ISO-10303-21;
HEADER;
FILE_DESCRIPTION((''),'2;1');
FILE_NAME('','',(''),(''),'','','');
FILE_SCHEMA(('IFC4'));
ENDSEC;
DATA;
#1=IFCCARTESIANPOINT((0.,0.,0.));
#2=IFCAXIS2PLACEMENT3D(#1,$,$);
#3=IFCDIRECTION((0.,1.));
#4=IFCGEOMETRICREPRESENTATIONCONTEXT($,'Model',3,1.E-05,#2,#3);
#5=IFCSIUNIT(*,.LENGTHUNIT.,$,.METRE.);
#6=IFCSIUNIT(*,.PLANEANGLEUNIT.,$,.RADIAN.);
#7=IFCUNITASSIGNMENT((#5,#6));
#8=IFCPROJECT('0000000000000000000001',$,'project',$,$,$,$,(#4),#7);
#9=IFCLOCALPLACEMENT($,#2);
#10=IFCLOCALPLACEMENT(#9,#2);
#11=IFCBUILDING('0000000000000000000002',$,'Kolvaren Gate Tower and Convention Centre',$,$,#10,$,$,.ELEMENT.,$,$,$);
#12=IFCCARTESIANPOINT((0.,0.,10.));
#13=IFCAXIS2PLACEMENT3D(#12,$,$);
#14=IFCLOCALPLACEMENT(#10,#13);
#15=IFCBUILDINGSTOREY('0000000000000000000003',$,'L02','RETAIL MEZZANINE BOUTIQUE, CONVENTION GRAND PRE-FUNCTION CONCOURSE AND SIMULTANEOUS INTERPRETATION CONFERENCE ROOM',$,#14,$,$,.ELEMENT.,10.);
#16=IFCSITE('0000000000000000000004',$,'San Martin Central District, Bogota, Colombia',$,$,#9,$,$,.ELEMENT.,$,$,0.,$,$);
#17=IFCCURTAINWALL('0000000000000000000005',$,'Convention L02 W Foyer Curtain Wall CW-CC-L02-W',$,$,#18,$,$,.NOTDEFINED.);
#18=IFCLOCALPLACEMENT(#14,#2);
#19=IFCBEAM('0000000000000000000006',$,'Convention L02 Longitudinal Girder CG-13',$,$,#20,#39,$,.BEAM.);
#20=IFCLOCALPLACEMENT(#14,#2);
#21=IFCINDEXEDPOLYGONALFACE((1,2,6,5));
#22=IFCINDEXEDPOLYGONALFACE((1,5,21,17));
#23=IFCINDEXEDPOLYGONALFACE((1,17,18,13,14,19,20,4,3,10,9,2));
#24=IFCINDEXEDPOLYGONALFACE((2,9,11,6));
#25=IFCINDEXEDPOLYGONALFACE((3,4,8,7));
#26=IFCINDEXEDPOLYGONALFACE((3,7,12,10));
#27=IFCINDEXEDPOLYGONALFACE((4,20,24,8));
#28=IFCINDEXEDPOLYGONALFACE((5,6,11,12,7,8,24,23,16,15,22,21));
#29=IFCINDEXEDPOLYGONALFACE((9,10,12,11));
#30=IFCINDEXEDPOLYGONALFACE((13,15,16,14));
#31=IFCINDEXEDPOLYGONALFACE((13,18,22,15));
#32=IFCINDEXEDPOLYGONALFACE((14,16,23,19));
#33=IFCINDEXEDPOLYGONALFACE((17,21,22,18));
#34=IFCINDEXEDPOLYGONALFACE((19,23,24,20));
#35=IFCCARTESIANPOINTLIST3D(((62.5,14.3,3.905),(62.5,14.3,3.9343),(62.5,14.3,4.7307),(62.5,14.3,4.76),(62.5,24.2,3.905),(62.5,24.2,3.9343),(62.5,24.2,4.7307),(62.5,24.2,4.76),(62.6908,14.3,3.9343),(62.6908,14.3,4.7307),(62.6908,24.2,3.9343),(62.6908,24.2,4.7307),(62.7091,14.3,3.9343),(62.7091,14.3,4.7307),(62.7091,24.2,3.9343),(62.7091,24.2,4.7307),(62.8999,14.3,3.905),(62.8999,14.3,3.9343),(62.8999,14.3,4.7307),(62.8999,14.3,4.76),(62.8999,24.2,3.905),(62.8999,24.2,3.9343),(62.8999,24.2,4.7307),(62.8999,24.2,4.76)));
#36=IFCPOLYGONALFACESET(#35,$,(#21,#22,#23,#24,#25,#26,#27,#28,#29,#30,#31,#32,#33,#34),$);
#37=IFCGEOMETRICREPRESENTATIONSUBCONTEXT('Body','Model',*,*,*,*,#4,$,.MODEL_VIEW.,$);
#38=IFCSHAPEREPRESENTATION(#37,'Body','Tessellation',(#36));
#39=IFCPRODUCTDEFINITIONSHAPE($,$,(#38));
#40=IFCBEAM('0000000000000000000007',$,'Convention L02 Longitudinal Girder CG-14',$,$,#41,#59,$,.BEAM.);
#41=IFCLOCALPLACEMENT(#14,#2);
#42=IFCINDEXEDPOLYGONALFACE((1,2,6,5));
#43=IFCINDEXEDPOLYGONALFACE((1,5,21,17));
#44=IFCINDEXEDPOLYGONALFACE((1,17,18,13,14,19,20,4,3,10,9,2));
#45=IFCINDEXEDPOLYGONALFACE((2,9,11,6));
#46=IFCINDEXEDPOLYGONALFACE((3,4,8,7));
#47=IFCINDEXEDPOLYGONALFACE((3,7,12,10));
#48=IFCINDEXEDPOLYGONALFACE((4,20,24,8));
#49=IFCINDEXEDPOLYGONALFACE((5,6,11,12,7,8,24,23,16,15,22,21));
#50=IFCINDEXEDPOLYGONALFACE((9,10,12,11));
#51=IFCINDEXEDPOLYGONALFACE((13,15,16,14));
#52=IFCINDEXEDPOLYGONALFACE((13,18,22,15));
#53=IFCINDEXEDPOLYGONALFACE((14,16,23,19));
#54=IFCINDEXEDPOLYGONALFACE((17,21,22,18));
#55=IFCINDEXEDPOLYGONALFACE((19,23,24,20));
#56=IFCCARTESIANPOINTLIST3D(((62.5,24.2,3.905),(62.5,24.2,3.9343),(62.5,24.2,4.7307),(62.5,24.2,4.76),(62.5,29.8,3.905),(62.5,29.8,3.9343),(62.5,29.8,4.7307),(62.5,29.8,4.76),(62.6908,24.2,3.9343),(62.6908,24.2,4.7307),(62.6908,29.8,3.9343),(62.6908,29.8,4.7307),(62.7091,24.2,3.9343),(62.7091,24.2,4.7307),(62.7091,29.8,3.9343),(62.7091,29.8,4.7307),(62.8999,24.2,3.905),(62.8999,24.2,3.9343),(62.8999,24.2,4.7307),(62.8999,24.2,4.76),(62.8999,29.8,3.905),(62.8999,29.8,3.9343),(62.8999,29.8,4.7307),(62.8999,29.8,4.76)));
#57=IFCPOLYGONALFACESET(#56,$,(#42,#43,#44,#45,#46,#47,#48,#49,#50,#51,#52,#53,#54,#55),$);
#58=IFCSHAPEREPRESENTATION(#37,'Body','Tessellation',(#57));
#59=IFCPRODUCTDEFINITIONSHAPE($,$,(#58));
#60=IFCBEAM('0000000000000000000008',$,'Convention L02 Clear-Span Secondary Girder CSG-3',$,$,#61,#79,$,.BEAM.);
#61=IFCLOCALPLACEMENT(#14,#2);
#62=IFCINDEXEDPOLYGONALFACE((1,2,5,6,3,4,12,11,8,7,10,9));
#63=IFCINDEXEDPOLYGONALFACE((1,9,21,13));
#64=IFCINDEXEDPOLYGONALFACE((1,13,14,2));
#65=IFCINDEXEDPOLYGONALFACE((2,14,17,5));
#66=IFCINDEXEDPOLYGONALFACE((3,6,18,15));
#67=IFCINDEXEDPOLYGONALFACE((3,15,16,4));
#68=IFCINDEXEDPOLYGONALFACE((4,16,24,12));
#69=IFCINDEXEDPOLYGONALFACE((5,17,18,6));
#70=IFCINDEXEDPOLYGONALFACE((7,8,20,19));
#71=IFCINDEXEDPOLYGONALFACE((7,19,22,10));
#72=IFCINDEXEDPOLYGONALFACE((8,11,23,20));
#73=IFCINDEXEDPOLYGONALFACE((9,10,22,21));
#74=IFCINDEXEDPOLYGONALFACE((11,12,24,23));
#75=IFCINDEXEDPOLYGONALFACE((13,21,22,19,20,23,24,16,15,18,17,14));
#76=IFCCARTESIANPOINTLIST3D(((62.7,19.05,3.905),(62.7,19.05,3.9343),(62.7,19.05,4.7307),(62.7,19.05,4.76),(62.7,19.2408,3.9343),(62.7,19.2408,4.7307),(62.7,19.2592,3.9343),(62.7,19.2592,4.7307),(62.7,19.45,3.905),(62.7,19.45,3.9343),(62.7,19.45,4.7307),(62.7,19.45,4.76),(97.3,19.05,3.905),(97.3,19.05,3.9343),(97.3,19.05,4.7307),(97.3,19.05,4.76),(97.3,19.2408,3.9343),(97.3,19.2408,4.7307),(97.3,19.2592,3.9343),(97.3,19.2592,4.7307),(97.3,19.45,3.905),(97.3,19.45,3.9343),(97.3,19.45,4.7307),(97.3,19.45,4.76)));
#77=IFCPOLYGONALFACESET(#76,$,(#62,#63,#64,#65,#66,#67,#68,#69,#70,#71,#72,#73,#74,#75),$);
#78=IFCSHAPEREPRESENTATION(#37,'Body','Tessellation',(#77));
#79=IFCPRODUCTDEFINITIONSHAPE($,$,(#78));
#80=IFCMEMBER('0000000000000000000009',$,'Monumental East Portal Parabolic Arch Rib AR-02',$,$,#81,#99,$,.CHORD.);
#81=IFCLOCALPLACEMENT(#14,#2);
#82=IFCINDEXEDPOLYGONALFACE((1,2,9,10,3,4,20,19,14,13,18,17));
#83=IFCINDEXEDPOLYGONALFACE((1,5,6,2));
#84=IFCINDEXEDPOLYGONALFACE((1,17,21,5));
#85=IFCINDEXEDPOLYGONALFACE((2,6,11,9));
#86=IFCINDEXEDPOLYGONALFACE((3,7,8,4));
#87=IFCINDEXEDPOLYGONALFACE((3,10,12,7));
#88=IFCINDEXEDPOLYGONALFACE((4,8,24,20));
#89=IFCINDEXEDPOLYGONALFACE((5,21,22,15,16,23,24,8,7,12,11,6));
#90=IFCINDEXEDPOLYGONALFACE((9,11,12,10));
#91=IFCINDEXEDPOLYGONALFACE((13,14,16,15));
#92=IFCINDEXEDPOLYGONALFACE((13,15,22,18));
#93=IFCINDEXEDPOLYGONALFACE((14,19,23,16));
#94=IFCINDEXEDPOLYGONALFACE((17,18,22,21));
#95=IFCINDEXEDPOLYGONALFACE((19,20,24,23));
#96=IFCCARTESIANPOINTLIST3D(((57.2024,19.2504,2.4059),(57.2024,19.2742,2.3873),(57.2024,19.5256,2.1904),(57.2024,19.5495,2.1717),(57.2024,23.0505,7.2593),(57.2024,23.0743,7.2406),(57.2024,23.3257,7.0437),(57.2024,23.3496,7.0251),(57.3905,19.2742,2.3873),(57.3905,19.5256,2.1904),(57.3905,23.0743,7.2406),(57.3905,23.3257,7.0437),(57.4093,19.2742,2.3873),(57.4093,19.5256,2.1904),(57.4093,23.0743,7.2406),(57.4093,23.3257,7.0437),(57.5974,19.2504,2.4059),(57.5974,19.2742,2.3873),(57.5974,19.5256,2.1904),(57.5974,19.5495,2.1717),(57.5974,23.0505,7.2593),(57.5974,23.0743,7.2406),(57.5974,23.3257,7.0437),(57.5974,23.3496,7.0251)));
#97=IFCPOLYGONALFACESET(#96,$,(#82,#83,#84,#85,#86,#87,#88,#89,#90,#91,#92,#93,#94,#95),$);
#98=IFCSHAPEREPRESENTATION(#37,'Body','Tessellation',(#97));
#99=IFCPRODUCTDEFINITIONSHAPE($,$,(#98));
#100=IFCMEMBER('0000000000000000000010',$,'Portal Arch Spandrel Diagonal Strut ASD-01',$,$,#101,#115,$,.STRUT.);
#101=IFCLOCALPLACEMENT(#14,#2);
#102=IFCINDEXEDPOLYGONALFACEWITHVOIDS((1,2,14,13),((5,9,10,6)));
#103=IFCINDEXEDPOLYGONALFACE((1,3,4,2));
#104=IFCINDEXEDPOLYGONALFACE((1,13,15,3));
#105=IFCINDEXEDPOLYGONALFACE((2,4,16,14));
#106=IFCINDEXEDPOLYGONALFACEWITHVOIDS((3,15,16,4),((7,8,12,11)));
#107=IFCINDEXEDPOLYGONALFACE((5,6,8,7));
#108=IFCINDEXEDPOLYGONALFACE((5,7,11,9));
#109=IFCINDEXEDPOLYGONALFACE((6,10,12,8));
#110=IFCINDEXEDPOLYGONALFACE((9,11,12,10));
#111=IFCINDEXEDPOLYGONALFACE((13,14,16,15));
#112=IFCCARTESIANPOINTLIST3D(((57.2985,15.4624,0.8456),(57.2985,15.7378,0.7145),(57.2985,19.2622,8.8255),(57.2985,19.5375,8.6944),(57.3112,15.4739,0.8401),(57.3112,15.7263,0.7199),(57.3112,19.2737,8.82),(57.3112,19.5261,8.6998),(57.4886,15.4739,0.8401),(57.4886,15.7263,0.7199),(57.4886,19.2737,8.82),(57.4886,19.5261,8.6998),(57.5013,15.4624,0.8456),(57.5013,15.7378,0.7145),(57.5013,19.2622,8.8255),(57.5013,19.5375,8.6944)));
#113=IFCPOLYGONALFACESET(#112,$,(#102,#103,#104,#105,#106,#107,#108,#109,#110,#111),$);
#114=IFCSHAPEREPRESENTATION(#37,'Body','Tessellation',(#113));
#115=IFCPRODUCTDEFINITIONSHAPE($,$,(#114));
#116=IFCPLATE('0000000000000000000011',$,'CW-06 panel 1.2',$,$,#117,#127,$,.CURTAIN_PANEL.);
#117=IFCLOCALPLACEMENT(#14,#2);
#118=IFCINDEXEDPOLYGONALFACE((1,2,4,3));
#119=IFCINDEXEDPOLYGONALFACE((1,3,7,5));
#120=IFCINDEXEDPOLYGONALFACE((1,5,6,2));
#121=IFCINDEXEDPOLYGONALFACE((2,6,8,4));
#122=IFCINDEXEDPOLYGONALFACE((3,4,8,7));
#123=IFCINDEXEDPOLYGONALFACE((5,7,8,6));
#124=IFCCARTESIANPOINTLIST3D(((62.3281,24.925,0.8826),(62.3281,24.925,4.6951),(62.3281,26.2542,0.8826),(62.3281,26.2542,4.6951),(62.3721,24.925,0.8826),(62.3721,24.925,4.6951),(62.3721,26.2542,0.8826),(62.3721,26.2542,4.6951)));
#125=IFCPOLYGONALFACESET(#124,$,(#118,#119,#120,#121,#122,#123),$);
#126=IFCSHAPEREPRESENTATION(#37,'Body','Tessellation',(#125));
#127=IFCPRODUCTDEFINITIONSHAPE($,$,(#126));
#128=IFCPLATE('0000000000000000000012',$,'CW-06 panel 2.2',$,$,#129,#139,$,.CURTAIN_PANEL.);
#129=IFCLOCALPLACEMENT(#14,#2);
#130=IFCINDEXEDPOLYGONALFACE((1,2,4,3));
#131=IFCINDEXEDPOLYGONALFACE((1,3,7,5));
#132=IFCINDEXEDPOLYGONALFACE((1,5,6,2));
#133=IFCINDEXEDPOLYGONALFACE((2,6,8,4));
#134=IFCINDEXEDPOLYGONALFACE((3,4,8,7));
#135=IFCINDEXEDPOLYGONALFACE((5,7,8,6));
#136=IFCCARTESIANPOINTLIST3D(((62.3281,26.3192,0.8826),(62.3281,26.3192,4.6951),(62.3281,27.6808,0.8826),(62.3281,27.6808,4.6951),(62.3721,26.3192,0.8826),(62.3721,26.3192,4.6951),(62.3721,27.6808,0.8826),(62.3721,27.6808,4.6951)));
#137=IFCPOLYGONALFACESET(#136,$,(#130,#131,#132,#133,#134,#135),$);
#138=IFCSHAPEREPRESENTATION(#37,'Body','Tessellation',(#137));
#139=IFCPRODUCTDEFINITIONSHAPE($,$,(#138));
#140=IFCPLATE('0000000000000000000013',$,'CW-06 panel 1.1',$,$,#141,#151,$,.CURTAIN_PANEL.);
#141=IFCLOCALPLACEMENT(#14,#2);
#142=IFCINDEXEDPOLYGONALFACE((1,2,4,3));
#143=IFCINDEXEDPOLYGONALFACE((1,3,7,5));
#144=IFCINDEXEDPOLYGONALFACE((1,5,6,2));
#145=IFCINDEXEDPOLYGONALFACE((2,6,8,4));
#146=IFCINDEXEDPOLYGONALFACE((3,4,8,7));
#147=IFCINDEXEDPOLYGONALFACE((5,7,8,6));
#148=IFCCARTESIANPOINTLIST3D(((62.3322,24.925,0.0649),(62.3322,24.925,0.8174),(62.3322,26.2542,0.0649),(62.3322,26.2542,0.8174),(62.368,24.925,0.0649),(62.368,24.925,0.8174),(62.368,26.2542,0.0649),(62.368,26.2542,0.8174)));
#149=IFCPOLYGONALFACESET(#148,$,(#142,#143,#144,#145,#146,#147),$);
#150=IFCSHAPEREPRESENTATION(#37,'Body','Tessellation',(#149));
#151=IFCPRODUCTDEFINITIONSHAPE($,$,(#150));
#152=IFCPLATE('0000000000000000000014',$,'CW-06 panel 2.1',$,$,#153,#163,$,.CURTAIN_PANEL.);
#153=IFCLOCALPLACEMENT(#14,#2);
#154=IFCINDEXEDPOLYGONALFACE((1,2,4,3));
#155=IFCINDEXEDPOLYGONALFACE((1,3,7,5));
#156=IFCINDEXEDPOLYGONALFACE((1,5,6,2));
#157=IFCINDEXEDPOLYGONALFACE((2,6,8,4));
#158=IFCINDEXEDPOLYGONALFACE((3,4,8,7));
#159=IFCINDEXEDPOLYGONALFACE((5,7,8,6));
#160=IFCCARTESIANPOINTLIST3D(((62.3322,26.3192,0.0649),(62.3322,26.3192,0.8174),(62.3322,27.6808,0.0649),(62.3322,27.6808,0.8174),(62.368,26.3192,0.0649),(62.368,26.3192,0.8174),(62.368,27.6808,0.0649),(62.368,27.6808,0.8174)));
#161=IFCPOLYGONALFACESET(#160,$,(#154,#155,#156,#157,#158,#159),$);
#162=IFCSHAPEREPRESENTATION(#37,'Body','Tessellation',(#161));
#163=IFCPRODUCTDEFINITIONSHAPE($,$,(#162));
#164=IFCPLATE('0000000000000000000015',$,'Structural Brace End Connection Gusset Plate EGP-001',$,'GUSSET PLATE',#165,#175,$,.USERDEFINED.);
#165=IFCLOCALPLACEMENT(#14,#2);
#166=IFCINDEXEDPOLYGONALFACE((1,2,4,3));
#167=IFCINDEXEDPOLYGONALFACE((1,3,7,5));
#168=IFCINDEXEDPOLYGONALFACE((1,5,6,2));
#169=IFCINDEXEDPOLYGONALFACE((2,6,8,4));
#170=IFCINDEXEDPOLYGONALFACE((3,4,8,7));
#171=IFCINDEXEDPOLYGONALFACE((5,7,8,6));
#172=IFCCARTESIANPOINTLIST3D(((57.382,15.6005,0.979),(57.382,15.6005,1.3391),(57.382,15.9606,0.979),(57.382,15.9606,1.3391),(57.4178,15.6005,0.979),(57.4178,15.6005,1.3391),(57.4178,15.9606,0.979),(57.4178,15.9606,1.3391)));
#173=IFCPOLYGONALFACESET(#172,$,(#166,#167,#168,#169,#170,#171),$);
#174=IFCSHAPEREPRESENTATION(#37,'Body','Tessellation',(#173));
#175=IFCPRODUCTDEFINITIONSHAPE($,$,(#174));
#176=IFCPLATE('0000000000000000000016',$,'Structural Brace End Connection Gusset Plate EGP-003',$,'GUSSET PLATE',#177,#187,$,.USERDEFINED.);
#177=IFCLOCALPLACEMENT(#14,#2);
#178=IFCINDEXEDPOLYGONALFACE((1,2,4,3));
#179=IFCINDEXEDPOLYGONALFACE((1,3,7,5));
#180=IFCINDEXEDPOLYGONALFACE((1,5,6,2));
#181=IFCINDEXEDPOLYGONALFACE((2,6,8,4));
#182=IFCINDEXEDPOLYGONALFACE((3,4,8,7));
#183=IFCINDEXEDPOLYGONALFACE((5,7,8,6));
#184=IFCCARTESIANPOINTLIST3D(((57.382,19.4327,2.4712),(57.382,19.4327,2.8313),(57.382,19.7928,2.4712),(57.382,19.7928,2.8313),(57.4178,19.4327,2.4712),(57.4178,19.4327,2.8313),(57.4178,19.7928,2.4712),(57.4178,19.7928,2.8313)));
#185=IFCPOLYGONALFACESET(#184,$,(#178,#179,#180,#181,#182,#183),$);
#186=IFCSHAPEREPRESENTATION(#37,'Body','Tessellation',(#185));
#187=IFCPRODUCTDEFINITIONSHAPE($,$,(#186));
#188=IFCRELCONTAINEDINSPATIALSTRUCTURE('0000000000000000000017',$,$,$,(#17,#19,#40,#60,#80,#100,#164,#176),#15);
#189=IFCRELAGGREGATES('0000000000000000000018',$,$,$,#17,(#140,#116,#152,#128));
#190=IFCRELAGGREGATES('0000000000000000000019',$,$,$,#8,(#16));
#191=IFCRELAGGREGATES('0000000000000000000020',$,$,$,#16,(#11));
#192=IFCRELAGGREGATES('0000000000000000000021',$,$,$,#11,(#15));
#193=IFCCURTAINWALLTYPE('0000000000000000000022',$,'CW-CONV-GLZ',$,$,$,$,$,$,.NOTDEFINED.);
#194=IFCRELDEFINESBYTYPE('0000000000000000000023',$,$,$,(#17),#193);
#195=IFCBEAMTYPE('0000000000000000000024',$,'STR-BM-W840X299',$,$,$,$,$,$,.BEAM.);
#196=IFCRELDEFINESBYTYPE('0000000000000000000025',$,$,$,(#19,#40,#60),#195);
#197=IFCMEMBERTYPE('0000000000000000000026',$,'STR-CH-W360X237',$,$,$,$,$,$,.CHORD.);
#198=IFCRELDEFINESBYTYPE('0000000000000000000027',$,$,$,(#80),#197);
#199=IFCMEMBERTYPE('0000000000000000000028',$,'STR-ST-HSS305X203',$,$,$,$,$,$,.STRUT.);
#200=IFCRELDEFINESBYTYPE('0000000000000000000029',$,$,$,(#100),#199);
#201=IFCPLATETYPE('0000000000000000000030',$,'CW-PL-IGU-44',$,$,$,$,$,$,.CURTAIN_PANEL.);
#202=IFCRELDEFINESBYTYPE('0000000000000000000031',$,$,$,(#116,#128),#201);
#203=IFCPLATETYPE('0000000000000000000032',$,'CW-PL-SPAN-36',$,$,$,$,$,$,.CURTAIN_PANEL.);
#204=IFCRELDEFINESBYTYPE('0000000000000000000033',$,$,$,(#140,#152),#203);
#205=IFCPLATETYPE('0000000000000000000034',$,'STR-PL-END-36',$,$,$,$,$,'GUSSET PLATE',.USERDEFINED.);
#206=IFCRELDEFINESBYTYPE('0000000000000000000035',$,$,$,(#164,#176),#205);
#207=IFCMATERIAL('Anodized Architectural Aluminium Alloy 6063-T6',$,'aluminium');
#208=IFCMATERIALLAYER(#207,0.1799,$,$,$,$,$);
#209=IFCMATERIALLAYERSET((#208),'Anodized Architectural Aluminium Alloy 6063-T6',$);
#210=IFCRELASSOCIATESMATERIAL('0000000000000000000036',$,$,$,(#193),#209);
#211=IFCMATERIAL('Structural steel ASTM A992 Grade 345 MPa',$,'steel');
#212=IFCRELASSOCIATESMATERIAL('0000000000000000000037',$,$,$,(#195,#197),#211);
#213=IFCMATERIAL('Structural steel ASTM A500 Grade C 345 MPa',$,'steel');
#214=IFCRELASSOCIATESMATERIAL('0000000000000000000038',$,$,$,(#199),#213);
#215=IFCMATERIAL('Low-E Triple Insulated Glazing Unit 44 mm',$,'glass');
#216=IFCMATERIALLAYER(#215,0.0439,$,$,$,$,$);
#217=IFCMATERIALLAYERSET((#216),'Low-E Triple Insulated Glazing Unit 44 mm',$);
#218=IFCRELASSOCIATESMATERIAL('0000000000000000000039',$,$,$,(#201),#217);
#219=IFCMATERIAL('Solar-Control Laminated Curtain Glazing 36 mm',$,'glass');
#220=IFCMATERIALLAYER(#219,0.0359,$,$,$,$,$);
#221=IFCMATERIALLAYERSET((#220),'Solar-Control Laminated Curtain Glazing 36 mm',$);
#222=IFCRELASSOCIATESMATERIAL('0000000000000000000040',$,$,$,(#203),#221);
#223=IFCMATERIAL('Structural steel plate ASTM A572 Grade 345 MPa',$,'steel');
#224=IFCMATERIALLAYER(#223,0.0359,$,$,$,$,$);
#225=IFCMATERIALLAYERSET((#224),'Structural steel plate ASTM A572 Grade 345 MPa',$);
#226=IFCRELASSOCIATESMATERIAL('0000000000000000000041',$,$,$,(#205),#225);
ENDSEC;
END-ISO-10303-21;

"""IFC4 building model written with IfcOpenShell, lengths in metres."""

from ifc_helpers import new_model, si_unit, direction, frame, origin, origin_2d, place, context, subcontext, project, spatial, rectangle, hollow_rectangle, i_section, extrude, material, layer, layer_set, material_profile, profile_set, type_object, element, aggregate, save


model = new_model("IFC4")

# Units and contexts
model_context = context("Model", 3, precision=1e-05, world=origin(), true_north=direction((0.0, 1.0)))
body_context = subcontext(model_context, "Body", "Model", "MODEL_VIEW")
ifc_project = project(units=[si_unit("LENGTHUNIT", "METRE"), si_unit("PLANEANGLEUNIT", "RADIAN")], contexts=[model_context])

# Site, building, storey
site_placement = place(None, origin())
site = spatial("IfcSite", under=ifc_project, at=site_placement, Name="San Martin Central District, Bogota, Colombia", CompositionType="ELEMENT", RefElevation=0.0)
building_placement = place(site_placement, origin())
building = spatial("IfcBuilding", under=site, at=building_placement, Name="Kolvaren Gate Tower and Convention Centre", CompositionType="ELEMENT")
storey_placement = place(building_placement, frame((0.0, 0.0, 10.0)))
storey = spatial("IfcBuildingStorey", under=building, at=storey_placement, Name="L02", Description="RETAIL MEZZANINE BOUTIQUE, CONVENTION GRAND PRE-FUNCTION CONCOURSE AND SIMULTANEOUS INTERPRETATION CONFERENCE ROOM", CompositionType="ELEMENT", Elevation=10.0)

# Curtain wall
ifc_material_1 = material(Name="Anodized Architectural Aluminium Alloy 6063-T6", Category="aluminium")
ifc_layer_1 = layer(ifc_material_1, 0.1799)
ifc_layer_set_1 = layer_set([ifc_layer_1], Name="Anodized Architectural Aluminium Alloy 6063-T6")
curtain_wall_type = type_object("IfcCurtainWallType", Name="CW-CONV-GLZ", PredefinedType="NOTDEFINED", material=ifc_layer_set_1)
curtain_wall_placement = place(storey_placement, origin())
curtain_wall = element("IfcCurtainWall", 1, at=curtain_wall_placement, inside=storey, type_object=curtain_wall_type, Name="Convention L02 W Foyer Curtain Wall CW-CC-L02-W", PredefinedType="NOTDEFINED")

# Beams
ifc_material_2 = material(Name="Structural steel ASTM A992 Grade 345 MPa", Category="steel")
ifc_material_profile_1 = material_profile(ifc_material_2, i_section(OverallWidth=0.3999, OverallDepth=0.855, WebThickness=0.0183, FlangeThickness=0.0293, at=origin_2d()), Name="W840X299")
ifc_profile_set_1 = profile_set([ifc_material_profile_1], Name="Structural steel ASTM A992 Grade 345 MPa")
beam_type = type_object("IfcBeamType", Name="STR-BM-W840X299", PredefinedType="BEAM", material=ifc_profile_set_1)
beam_1_placement = place(storey_placement, frame((62.7, 14.3, 4.3325), z_axis=(0.0, 1.0, 0.0), x_axis=(-1.0, 0.0, 0.0)))
element("IfcBeam", 2, at=beam_1_placement, inside=storey, type_object=beam_type, Name="Convention L02 Longitudinal Girder CG-13", PredefinedType="BEAM", context=body_context, shape_type="SweptSolid", body=[
    extrude(i_section(OverallWidth=0.3999, OverallDepth=0.855, WebThickness=0.0183, FlangeThickness=0.0293, at=origin_2d()), origin(), (0.0, 0.0, 1.0), 9.8999),
])
beam_2_placement = place(storey_placement, frame((62.7, 24.2, 4.3325), z_axis=(0.0, 1.0, 0.0), x_axis=(-1.0, 0.0, 0.0)))
element("IfcBeam", 3, at=beam_2_placement, inside=storey, type_object=beam_type, Name="Convention L02 Longitudinal Girder CG-14", PredefinedType="BEAM", context=body_context, shape_type="SweptSolid", body=[
    extrude(i_section(OverallWidth=0.3999, OverallDepth=0.855, WebThickness=0.0183, FlangeThickness=0.0293, at=origin_2d()), origin(), (0.0, 0.0, 1.0), 5.6001),
])
beam_3_placement = place(storey_placement, frame((62.7, 19.25, 4.3325), z_axis=(1.0, 0.0, 0.0), x_axis=(0.0, 1.0, 0.0)))
element("IfcBeam", 4, at=beam_3_placement, inside=storey, type_object=beam_type, Name="Convention L02 Clear-Span Secondary Girder CSG-3", PredefinedType="BEAM", context=body_context, shape_type="SweptSolid", body=[
    extrude(i_section(OverallWidth=0.3999, OverallDepth=0.855, WebThickness=0.0183, FlangeThickness=0.0293, at=origin_2d()), origin(), (0.0, 0.0, 1.0), 34.6001),
])

# Members
ifc_material_profile_2 = material_profile(ifc_material_2, i_section(OverallWidth=0.395, OverallDepth=0.3799, WebThickness=0.0188, FlangeThickness=0.0303, at=origin_2d()), Name="W360X237")
ifc_profile_set_2 = profile_set([ifc_material_profile_2], Name="Structural steel ASTM A992 Grade 345 MPa")
member_type_1 = type_object("IfcMemberType", Name="STR-CH-W360X237", PredefinedType="CHORD", material=ifc_profile_set_2)
member_1_placement = place(storey_placement, frame((57.3999, 19.3999, 2.2888), z_axis=(0.0, 0.616493, 0.78736), x_axis=(-1.0, 0.0, 0.0)))
element("IfcMember", 5, at=member_1_placement, inside=storey, type_object=member_type_1, Name="Monumental East Portal Parabolic Arch Rib AR-02", PredefinedType="CHORD", context=body_context, shape_type="SweptSolid", body=[
    extrude(i_section(OverallWidth=0.395, OverallDepth=0.3799, WebThickness=0.0188, FlangeThickness=0.0303, at=origin_2d()), origin(), (0.0, 0.0, 1.0), 6.1641),
])
ifc_material_3 = material(Name="Structural steel ASTM A500 Grade C 345 MPa", Category="steel")
ifc_material_profile_3 = material_profile(ifc_material_3, hollow_rectangle(XDim=0.2029, YDim=0.3049, WallThickness=0.0127, at=origin_2d()), Name="HSS305X203X12.7")
ifc_profile_set_3 = profile_set([ifc_material_profile_3], Name="Structural steel ASTM A500 Grade C 345 MPa")
member_type_2 = type_object("IfcMemberType", Name="STR-ST-HSS305X203", PredefinedType="STRUT", material=ifc_profile_set_3)
member_2_placement = place(storey_placement, frame((57.3999, 15.6001, 0.78), z_axis=(0.0, 0.429916, 0.902869), x_axis=(-1.0, 0.0, 0.0)))
element("IfcMember", 6, at=member_2_placement, inside=storey, type_object=member_type_2, Name="Portal Arch Spandrel Diagonal Strut ASD-01", PredefinedType="STRUT", context=body_context, shape_type="SweptSolid", body=[
    extrude(hollow_rectangle(XDim=0.2029, YDim=0.3049, WallThickness=0.0127, at=origin_2d()), origin(), (0.0, 0.0, 1.0), 8.8384),
])

# Plates
ifc_material_4 = material(Name="Low-E Triple Insulated Glazing Unit 44 mm", Category="glass")
ifc_layer_2 = layer(ifc_material_4, 0.0439)
ifc_layer_set_2 = layer_set([ifc_layer_2], Name="Low-E Triple Insulated Glazing Unit 44 mm")
plate_type_1 = type_object("IfcPlateType", Name="CW-PL-IGU-44", PredefinedType="CURTAIN_PANEL", material=ifc_layer_set_2)
plate_1_placement = place(storey_placement, frame((62.3501, 25.5896, 0.8826), z_axis=(0.0, 0.0, 1.0), x_axis=(0.0, 1.0, 0.0)))
plate_1 = element("IfcPlate", 7, at=plate_1_placement, type_object=plate_type_1, Name="CW-06 panel 1.2", PredefinedType="CURTAIN_PANEL", context=body_context, shape_type="SweptSolid", body=[
    extrude(rectangle(XDim=1.3291, YDim=0.0439, at=origin_2d()), origin(), (0.0, 0.0, 1.0), 3.8125),
])
plate_2_placement = place(storey_placement, frame((62.3501, 27.0, 0.8826), z_axis=(0.0, 0.0, 1.0), x_axis=(0.0, 1.0, 0.0)))
plate_2 = element("IfcPlate", 8, at=plate_2_placement, type_object=plate_type_1, Name="CW-06 panel 2.2", PredefinedType="CURTAIN_PANEL", context=body_context, shape_type="SweptSolid", body=[
    extrude(rectangle(XDim=1.3616, YDim=0.0439, at=origin_2d()), origin(), (0.0, 0.0, 1.0), 3.8125),
])
ifc_material_5 = material(Name="Solar-Control Laminated Curtain Glazing 36 mm", Category="glass")
ifc_layer_3 = layer(ifc_material_5, 0.0359)
ifc_layer_set_3 = layer_set([ifc_layer_3], Name="Solar-Control Laminated Curtain Glazing 36 mm")
plate_type_2 = type_object("IfcPlateType", Name="CW-PL-SPAN-36", PredefinedType="CURTAIN_PANEL", material=ifc_layer_set_3)
plate_3_placement = place(storey_placement, frame((62.3501, 25.5896, 0.0649), z_axis=(0.0, 0.0, 1.0), x_axis=(0.0, 1.0, 0.0)))
plate_3 = element("IfcPlate", 9, at=plate_3_placement, type_object=plate_type_2, Name="CW-06 panel 1.1", PredefinedType="CURTAIN_PANEL", context=body_context, shape_type="SweptSolid", body=[
    extrude(rectangle(XDim=1.3291, YDim=0.0359, at=origin_2d()), origin(), (0.0, 0.0, 1.0), 0.7524),
])
plate_4_placement = place(storey_placement, frame((62.3501, 27.0, 0.0649), z_axis=(0.0, 0.0, 1.0), x_axis=(0.0, 1.0, 0.0)))
plate_4 = element("IfcPlate", 10, at=plate_4_placement, type_object=plate_type_2, Name="CW-06 panel 2.1", PredefinedType="CURTAIN_PANEL", context=body_context, shape_type="SweptSolid", body=[
    extrude(rectangle(XDim=1.3616, YDim=0.0359, at=origin_2d()), origin(), (0.0, 0.0, 1.0), 0.7524),
])
aggregate(curtain_wall, [plate_3, plate_1, plate_4, plate_2])

# Plates
ifc_material_6 = material(Name="Structural steel plate ASTM A572 Grade 345 MPa", Category="steel")
ifc_layer_4 = layer(ifc_material_6, 0.0359)
ifc_layer_set_4 = layer_set([ifc_layer_4], Name="Structural steel plate ASTM A572 Grade 345 MPa")
plate_type_3 = type_object("IfcPlateType", Name="STR-PL-END-36", ElementType="GUSSET PLATE", PredefinedType="USERDEFINED", material=ifc_layer_set_4)
for number, where, z_axis, x_axis, name in (
    (11, (57.3999, 15.7805, 0.979), (0.0, 0.0, 1.0), (0.0, 1.0, 0.0), "Structural Brace End Connection Gusset Plate EGP-001"),
    (12, (57.3999, 19.6128, 2.4712), (0.0, 0.0, 1.0), (0.0, 1.0, 0.0), "Structural Brace End Connection Gusset Plate EGP-003"),
):
    element("IfcPlate", number, at=place(storey_placement, frame(where, z_axis=z_axis, x_axis=x_axis)), inside=storey, type_object=plate_type_3, Name=name, ObjectType="GUSSET PLATE", PredefinedType="USERDEFINED", context=body_context, shape_type="SweptSolid", body=[
        extrude(rectangle(XDim=0.3601, YDim=0.0359, at=origin_2d()), origin(), (0.0, 0.0, 1.0), 0.3601),
    ])

save(model, "model.ifc")
